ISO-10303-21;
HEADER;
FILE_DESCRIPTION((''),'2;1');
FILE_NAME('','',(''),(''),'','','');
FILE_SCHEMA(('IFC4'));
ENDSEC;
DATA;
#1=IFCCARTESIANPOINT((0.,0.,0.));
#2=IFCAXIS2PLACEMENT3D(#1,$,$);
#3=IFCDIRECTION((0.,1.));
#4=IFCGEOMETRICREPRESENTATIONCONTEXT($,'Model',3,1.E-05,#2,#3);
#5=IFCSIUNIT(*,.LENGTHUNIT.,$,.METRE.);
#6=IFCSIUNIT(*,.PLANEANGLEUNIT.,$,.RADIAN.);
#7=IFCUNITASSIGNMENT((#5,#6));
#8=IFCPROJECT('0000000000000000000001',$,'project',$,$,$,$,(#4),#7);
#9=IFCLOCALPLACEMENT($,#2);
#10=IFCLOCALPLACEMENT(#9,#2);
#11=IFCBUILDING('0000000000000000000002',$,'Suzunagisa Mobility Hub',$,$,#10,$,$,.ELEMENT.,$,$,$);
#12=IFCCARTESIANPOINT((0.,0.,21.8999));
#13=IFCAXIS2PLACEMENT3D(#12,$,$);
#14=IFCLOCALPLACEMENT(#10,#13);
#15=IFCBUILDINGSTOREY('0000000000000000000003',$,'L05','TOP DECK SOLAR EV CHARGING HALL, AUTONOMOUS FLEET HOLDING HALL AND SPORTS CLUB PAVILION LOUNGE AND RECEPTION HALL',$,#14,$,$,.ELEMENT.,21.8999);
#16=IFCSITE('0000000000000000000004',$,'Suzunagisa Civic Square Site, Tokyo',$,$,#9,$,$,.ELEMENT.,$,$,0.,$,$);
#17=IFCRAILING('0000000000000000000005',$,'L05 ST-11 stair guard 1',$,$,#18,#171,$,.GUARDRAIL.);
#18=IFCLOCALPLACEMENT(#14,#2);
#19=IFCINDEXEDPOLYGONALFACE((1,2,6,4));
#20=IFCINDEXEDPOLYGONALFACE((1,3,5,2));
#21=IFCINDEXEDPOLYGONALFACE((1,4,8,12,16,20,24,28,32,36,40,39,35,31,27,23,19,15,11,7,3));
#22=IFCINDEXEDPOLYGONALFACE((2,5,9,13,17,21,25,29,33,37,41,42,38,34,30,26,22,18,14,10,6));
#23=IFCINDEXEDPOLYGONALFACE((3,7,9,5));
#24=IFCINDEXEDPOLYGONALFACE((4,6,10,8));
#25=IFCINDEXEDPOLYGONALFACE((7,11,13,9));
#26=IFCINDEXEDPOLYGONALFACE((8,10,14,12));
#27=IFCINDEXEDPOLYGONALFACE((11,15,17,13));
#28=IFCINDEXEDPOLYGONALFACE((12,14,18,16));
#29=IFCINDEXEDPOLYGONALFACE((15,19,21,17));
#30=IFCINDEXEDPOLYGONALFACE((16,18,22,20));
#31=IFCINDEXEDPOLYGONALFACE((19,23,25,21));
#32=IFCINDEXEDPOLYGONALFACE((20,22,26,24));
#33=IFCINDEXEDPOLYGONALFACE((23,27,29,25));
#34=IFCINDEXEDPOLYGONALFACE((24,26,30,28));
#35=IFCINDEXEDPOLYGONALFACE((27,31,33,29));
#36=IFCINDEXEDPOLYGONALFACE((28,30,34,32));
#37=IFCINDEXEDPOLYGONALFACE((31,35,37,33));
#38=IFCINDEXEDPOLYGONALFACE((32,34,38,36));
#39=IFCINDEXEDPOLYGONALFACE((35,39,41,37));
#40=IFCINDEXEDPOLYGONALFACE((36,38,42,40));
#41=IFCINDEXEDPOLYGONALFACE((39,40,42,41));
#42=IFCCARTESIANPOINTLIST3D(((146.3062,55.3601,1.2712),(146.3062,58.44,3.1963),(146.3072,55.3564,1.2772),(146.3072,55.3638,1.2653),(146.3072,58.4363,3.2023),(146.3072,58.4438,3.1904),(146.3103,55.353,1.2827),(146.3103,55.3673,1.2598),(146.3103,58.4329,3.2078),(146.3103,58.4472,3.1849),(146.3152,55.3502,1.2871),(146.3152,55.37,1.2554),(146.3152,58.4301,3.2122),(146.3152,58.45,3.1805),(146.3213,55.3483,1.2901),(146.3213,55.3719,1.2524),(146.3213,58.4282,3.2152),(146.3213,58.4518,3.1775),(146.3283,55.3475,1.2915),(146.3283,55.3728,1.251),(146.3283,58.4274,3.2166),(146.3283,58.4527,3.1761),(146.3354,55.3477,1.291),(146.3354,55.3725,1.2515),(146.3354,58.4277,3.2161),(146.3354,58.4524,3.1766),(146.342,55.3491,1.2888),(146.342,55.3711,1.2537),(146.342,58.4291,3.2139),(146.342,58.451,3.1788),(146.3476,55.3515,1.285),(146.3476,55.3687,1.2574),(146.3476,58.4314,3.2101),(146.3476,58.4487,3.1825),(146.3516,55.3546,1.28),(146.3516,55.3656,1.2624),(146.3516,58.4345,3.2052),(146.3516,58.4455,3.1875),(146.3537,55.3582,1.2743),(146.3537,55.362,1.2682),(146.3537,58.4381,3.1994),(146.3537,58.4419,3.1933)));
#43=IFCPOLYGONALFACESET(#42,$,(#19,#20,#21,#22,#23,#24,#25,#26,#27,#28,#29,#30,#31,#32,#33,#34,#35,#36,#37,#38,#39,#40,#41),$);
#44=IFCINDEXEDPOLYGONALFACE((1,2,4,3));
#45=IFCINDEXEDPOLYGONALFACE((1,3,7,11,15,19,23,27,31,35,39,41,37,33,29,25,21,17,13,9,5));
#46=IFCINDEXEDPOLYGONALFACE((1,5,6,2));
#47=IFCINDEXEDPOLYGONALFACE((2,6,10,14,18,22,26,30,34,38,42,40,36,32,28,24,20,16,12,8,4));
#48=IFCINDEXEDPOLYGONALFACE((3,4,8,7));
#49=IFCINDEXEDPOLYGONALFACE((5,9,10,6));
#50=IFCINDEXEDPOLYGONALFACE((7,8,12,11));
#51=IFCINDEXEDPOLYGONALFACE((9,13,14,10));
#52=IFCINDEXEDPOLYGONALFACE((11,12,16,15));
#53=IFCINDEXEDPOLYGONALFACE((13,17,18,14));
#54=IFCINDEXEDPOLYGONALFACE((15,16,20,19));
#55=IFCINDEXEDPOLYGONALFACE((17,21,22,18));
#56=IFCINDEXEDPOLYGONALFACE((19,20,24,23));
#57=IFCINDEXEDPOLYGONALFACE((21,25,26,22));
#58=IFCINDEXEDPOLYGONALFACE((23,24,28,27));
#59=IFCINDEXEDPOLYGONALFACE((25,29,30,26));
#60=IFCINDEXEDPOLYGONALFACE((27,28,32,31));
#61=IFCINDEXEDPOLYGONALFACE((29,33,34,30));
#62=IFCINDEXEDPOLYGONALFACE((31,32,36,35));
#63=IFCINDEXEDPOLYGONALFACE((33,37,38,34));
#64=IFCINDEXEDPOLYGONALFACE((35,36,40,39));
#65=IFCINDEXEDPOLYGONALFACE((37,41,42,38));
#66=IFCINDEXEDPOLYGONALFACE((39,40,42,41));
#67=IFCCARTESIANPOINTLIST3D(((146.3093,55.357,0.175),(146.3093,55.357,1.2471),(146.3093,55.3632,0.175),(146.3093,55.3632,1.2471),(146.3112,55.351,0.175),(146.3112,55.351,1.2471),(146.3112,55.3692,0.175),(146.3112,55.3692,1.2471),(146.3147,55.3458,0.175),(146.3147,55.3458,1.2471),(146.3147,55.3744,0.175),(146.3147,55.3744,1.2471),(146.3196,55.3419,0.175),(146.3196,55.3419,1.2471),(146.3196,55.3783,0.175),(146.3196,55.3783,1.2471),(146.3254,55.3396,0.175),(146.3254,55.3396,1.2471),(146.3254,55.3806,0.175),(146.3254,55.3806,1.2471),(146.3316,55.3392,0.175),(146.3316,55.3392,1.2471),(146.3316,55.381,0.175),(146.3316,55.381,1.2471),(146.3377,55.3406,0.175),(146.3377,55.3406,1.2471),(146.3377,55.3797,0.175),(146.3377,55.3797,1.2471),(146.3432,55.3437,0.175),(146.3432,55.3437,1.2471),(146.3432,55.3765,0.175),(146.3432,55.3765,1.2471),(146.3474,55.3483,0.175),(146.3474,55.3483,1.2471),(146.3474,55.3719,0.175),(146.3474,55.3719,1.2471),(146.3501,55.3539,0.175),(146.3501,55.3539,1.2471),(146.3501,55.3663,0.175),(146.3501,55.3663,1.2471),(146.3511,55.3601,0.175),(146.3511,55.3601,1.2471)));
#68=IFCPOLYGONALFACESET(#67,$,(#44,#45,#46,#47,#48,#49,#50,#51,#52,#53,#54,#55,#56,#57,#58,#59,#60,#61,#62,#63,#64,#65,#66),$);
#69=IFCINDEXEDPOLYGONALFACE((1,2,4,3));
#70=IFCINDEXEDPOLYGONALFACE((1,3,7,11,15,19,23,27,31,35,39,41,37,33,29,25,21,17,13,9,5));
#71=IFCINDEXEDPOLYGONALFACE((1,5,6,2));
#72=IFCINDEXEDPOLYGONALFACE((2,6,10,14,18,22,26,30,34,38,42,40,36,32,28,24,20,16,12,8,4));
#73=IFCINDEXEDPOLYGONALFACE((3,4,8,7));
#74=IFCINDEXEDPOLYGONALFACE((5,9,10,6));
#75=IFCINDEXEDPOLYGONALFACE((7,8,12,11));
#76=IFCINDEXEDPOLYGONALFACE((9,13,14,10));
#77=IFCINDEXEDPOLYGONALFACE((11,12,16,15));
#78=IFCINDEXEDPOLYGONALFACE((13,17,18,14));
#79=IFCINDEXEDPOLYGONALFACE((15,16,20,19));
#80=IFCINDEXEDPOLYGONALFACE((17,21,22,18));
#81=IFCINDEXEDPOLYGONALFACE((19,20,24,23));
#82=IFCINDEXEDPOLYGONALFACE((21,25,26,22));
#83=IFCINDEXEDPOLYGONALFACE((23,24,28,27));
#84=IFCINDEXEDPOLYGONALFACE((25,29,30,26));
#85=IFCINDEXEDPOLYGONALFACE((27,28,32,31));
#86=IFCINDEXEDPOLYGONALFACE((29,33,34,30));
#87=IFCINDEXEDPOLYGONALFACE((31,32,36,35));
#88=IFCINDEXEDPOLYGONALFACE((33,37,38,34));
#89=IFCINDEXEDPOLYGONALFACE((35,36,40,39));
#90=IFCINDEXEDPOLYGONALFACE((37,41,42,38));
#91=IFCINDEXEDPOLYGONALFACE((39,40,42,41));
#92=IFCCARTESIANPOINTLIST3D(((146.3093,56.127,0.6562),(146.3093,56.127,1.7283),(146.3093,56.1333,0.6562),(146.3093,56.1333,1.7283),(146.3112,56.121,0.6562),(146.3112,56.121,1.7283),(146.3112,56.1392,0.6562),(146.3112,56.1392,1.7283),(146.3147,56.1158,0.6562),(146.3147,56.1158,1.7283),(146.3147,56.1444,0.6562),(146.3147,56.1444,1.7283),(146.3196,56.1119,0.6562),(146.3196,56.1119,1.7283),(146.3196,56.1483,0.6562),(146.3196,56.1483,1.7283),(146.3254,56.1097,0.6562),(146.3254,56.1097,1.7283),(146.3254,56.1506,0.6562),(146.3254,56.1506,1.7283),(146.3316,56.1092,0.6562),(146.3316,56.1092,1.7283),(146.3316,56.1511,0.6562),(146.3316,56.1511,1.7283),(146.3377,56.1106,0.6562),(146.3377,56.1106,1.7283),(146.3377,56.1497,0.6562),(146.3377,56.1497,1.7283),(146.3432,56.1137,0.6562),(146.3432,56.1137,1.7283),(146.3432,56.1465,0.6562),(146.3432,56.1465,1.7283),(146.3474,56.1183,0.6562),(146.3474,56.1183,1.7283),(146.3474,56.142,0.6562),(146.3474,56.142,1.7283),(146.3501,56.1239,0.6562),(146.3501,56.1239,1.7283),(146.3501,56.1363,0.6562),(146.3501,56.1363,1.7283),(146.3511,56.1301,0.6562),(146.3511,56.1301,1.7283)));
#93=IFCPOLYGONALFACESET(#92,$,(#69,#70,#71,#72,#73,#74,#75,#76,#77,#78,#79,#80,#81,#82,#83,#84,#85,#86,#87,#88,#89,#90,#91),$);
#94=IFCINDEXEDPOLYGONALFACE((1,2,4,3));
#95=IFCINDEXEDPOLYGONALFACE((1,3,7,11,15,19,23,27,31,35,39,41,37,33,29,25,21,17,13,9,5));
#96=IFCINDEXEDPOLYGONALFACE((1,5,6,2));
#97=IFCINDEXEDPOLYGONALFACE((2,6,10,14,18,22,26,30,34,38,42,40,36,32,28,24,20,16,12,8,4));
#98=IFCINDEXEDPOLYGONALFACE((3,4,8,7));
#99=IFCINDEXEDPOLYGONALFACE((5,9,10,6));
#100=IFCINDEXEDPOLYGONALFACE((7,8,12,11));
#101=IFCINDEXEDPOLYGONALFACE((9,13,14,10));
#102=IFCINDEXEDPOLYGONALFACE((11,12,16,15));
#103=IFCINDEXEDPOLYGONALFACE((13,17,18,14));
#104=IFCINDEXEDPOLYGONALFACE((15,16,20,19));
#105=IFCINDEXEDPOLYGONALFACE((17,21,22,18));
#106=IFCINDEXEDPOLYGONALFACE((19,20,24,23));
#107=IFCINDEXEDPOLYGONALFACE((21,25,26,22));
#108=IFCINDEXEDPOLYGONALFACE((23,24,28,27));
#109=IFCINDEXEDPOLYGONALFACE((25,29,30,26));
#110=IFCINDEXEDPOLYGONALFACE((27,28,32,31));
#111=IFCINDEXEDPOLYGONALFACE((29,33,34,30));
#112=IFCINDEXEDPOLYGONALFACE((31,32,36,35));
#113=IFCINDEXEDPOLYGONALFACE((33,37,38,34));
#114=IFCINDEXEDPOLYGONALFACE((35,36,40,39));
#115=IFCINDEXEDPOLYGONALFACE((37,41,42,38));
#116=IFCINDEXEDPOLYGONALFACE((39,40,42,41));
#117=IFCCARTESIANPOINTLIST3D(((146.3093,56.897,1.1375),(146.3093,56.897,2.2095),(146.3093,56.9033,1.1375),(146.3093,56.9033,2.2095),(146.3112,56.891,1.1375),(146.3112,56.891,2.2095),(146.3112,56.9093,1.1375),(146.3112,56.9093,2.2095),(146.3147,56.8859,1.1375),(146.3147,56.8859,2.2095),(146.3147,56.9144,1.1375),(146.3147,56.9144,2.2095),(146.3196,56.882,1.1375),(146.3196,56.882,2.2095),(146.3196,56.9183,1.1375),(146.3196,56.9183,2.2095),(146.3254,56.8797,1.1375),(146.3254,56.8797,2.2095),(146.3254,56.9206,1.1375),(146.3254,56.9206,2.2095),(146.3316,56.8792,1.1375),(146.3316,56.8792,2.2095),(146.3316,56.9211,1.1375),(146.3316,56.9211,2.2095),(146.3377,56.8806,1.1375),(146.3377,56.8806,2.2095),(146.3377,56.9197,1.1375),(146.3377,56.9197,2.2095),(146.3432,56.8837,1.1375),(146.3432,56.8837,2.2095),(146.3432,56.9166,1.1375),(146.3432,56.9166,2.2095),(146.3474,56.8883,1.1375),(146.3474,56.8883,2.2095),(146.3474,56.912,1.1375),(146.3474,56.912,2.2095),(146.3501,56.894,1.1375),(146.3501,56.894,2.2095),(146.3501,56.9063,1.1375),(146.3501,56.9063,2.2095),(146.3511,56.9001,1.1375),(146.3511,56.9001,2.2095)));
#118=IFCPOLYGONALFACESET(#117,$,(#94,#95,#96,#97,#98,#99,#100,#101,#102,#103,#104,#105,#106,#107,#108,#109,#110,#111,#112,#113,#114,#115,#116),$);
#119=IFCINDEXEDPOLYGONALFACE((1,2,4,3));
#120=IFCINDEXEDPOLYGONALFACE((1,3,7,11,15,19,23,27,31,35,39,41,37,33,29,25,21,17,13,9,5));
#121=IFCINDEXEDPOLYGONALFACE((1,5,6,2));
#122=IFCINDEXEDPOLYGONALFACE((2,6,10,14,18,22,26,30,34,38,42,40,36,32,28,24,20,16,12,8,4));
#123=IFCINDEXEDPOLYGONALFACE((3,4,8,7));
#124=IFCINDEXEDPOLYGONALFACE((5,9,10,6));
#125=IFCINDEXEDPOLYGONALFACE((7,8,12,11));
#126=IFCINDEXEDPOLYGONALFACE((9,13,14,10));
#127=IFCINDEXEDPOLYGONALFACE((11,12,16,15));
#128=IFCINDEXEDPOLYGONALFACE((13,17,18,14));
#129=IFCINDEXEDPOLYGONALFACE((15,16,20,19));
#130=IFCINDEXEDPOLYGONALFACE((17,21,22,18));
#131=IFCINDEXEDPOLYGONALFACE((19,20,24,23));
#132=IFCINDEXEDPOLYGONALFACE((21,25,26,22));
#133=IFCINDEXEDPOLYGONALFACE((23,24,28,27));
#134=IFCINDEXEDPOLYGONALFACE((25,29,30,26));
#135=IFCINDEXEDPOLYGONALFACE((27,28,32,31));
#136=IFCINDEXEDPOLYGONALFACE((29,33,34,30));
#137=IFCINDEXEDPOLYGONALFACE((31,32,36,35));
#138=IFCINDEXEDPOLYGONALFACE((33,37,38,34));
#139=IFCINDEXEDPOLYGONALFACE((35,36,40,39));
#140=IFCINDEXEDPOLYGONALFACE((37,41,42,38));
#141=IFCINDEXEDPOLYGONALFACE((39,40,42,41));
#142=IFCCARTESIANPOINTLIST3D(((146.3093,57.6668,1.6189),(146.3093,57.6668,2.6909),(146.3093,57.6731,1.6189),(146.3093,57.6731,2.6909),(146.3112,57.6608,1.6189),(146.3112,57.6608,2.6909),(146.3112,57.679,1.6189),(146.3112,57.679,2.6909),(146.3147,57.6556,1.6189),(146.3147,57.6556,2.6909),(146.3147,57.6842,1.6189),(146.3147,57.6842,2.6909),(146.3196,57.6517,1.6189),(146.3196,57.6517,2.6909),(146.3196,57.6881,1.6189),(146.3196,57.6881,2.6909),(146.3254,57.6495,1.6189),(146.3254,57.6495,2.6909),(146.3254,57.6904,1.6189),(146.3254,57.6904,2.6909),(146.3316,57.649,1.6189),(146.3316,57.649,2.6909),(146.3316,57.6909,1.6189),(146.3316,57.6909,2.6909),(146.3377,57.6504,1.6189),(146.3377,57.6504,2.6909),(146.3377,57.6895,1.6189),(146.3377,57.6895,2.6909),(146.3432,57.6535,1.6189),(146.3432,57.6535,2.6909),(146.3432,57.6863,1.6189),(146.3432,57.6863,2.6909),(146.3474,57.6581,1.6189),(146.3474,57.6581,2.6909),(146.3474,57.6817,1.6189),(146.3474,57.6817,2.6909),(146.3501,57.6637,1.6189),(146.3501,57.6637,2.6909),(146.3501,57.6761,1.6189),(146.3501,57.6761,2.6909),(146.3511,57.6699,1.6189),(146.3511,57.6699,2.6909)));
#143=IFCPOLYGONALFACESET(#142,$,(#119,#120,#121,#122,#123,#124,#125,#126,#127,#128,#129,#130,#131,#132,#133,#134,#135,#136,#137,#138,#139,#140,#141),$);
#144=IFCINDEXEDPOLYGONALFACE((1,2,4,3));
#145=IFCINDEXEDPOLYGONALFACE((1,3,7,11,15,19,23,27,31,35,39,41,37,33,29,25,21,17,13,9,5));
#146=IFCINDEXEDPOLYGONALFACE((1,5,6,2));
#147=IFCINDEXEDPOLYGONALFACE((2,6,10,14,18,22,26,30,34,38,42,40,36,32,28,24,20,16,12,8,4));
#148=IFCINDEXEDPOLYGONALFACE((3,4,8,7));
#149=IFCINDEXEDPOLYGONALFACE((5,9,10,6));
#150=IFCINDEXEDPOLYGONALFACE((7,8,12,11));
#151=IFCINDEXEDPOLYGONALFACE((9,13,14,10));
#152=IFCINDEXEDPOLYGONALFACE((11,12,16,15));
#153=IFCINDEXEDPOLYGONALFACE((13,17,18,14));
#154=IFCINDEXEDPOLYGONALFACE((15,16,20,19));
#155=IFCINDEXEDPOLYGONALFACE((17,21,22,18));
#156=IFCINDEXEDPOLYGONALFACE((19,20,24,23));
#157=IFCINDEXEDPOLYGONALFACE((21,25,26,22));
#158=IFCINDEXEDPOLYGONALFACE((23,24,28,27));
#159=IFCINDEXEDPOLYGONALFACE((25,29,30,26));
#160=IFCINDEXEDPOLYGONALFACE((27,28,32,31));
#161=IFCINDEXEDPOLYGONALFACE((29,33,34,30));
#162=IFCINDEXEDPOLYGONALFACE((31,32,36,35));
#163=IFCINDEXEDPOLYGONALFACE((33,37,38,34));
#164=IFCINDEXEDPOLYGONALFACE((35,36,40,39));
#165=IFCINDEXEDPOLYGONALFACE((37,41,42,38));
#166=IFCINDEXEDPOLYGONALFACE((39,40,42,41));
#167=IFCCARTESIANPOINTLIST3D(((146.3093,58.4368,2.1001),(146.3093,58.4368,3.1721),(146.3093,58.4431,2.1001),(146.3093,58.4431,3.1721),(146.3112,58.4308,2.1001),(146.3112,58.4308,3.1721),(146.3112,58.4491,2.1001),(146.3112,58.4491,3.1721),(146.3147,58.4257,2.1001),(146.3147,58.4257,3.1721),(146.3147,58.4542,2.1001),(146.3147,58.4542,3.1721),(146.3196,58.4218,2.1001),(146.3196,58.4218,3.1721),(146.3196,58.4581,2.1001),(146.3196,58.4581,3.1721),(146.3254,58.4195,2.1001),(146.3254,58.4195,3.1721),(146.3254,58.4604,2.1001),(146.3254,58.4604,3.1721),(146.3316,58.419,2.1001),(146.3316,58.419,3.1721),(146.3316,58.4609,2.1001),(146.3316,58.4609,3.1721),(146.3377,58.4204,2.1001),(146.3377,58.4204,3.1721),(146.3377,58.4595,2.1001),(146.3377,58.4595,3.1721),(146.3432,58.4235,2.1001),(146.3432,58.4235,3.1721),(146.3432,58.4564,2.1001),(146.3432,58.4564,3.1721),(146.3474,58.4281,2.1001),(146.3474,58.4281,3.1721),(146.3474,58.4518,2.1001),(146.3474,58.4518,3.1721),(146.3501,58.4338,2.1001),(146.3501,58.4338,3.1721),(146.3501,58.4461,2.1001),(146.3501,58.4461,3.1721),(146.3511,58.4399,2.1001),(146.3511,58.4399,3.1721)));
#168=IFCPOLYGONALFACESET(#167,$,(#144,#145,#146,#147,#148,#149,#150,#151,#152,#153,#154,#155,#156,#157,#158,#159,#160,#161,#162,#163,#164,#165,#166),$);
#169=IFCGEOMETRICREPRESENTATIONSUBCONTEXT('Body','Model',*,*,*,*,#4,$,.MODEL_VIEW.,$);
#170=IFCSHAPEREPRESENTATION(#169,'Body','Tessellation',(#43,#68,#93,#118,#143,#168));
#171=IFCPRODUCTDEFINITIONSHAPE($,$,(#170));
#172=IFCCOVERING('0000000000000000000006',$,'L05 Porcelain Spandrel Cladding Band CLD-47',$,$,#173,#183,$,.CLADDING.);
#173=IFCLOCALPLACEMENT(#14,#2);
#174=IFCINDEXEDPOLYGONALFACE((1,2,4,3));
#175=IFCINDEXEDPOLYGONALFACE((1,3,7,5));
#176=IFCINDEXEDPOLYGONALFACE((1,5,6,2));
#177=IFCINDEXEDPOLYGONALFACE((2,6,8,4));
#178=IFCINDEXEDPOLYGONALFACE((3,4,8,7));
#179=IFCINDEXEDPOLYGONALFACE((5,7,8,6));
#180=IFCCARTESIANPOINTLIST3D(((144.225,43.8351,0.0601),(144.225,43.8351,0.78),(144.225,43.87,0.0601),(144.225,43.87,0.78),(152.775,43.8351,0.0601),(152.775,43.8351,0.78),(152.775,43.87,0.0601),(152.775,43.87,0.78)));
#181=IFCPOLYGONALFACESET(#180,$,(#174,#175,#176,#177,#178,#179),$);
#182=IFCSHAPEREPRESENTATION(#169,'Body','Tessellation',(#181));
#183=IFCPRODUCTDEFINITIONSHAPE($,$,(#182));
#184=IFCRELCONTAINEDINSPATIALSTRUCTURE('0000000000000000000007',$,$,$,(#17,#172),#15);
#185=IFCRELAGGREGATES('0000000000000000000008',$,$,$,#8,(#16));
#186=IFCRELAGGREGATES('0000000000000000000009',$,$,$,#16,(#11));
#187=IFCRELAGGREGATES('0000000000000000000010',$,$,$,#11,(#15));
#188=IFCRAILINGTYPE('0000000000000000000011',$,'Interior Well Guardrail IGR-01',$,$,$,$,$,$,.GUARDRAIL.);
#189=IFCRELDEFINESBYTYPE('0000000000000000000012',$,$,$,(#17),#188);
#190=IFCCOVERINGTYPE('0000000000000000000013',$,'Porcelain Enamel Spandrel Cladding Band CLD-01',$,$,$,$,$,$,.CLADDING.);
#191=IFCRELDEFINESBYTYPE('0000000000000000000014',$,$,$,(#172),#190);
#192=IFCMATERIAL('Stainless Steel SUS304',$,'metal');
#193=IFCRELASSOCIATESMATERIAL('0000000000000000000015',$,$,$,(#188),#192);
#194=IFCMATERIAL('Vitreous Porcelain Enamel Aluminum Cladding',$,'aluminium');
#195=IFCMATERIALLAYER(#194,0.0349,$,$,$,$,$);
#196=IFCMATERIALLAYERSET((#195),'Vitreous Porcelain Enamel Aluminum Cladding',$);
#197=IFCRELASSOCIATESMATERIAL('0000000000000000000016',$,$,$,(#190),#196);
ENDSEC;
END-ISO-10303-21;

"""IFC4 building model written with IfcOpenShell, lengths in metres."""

from ifc_helpers import new_model, si_unit, direction, frame, origin, origin_2d, place, context, subcontext, project, spatial, rectangle, circle, extrude, material, layer, layer_set, type_object, element, save


model = new_model("IFC4")

# Units and contexts
model_context = context("Model", 3, precision=1e-05, world=origin(), true_north=direction((0.0, 1.0)))
body_context = subcontext(model_context, "Body", "Model", "MODEL_VIEW")
ifc_project = project(units=[si_unit("LENGTHUNIT", "METRE"), si_unit("PLANEANGLEUNIT", "RADIAN")], contexts=[model_context])

# Site, building, storey
site_placement = place(None, origin())
site = spatial("IfcSite", under=ifc_project, at=site_placement, Name="Suzunagisa Civic Square Site, Tokyo", CompositionType="ELEMENT", RefElevation=0.0)
building_placement = place(site_placement, origin())
building = spatial("IfcBuilding", under=site, at=building_placement, Name="Suzunagisa Mobility Hub", CompositionType="ELEMENT")
storey_placement = place(building_placement, frame((0.0, 0.0, 21.8999)))
storey = spatial("IfcBuildingStorey", under=building, at=storey_placement, Name="L05", Description="TOP DECK SOLAR EV CHARGING HALL, AUTONOMOUS FLEET HOLDING HALL AND SPORTS CLUB PAVILION LOUNGE AND RECEPTION HALL", CompositionType="ELEMENT", Elevation=21.8999)

# Railing
ifc_material_1 = material(Name="Stainless Steel SUS304", Category="metal")
railing_type = type_object("IfcRailingType", Name="Interior Well Guardrail IGR-01", PredefinedType="GUARDRAIL", material=ifc_material_1)
railing_placement = place(storey_placement, frame((146.3301, 55.3601, 0.175)))
element("IfcRailing", 1, at=railing_placement, inside=storey, type_object=railing_type, Name="L05 ST-11 stair guard 1", PredefinedType="GUARDRAIL", context=body_context, shape_type="SweptSolid", body=[
    extrude(circle(Radius=0.0239, at=origin_2d()), frame((0.0, 0.0, 1.0962), z_axis=(0.0, 0.847979, 0.530029), x_axis=(-1.0, 0.0, 0.0)), (0.0, 0.0, 1.0), 3.6321),
    extrude(circle(Radius=0.021, at=origin_2d()), origin(), (0.0, 0.0, 1.0), 1.072),
    extrude(circle(Radius=0.021, at=origin_2d()), frame((0.0, 0.77, 0.4812)), (0.0, 0.0, 1.0), 1.072),
    extrude(circle(Radius=0.021, at=origin_2d()), frame((0.0, 1.54, 0.9624)), (0.0, 0.0, 1.0), 1.072),
    extrude(circle(Radius=0.021, at=origin_2d()), frame((0.0, 2.3098, 1.4438)), (0.0, 0.0, 1.0), 1.072),
    extrude(circle(Radius=0.021, at=origin_2d()), frame((0.0, 3.0798, 1.925)), (0.0, 0.0, 1.0), 1.072),
])

# Covering
ifc_material_2 = material(Name="Vitreous Porcelain Enamel Aluminum Cladding", Category="aluminium")
ifc_layer_1 = layer(ifc_material_2, 0.0349)
ifc_layer_set_1 = layer_set([ifc_layer_1], Name="Vitreous Porcelain Enamel Aluminum Cladding")
covering_type = type_object("IfcCoveringType", Name="Porcelain Enamel Spandrel Cladding Band CLD-01", PredefinedType="CLADDING", material=ifc_layer_set_1)
covering_placement = place(storey_placement, frame((148.5, 43.8525, 0.0601), z_axis=(0.0, 0.0, 1.0), x_axis=(1.0, 0.0, 0.0)))
element("IfcCovering", 2, at=covering_placement, inside=storey, type_object=covering_type, Name="L05 Porcelain Spandrel Cladding Band CLD-47", PredefinedType="CLADDING", context=body_context, shape_type="SweptSolid", body=[
    extrude(rectangle(XDim=8.55, YDim=0.0349, at=origin_2d()), origin(), (0.0, 0.0, 1.0), 0.72),
])

save(model, "model.ifc")
